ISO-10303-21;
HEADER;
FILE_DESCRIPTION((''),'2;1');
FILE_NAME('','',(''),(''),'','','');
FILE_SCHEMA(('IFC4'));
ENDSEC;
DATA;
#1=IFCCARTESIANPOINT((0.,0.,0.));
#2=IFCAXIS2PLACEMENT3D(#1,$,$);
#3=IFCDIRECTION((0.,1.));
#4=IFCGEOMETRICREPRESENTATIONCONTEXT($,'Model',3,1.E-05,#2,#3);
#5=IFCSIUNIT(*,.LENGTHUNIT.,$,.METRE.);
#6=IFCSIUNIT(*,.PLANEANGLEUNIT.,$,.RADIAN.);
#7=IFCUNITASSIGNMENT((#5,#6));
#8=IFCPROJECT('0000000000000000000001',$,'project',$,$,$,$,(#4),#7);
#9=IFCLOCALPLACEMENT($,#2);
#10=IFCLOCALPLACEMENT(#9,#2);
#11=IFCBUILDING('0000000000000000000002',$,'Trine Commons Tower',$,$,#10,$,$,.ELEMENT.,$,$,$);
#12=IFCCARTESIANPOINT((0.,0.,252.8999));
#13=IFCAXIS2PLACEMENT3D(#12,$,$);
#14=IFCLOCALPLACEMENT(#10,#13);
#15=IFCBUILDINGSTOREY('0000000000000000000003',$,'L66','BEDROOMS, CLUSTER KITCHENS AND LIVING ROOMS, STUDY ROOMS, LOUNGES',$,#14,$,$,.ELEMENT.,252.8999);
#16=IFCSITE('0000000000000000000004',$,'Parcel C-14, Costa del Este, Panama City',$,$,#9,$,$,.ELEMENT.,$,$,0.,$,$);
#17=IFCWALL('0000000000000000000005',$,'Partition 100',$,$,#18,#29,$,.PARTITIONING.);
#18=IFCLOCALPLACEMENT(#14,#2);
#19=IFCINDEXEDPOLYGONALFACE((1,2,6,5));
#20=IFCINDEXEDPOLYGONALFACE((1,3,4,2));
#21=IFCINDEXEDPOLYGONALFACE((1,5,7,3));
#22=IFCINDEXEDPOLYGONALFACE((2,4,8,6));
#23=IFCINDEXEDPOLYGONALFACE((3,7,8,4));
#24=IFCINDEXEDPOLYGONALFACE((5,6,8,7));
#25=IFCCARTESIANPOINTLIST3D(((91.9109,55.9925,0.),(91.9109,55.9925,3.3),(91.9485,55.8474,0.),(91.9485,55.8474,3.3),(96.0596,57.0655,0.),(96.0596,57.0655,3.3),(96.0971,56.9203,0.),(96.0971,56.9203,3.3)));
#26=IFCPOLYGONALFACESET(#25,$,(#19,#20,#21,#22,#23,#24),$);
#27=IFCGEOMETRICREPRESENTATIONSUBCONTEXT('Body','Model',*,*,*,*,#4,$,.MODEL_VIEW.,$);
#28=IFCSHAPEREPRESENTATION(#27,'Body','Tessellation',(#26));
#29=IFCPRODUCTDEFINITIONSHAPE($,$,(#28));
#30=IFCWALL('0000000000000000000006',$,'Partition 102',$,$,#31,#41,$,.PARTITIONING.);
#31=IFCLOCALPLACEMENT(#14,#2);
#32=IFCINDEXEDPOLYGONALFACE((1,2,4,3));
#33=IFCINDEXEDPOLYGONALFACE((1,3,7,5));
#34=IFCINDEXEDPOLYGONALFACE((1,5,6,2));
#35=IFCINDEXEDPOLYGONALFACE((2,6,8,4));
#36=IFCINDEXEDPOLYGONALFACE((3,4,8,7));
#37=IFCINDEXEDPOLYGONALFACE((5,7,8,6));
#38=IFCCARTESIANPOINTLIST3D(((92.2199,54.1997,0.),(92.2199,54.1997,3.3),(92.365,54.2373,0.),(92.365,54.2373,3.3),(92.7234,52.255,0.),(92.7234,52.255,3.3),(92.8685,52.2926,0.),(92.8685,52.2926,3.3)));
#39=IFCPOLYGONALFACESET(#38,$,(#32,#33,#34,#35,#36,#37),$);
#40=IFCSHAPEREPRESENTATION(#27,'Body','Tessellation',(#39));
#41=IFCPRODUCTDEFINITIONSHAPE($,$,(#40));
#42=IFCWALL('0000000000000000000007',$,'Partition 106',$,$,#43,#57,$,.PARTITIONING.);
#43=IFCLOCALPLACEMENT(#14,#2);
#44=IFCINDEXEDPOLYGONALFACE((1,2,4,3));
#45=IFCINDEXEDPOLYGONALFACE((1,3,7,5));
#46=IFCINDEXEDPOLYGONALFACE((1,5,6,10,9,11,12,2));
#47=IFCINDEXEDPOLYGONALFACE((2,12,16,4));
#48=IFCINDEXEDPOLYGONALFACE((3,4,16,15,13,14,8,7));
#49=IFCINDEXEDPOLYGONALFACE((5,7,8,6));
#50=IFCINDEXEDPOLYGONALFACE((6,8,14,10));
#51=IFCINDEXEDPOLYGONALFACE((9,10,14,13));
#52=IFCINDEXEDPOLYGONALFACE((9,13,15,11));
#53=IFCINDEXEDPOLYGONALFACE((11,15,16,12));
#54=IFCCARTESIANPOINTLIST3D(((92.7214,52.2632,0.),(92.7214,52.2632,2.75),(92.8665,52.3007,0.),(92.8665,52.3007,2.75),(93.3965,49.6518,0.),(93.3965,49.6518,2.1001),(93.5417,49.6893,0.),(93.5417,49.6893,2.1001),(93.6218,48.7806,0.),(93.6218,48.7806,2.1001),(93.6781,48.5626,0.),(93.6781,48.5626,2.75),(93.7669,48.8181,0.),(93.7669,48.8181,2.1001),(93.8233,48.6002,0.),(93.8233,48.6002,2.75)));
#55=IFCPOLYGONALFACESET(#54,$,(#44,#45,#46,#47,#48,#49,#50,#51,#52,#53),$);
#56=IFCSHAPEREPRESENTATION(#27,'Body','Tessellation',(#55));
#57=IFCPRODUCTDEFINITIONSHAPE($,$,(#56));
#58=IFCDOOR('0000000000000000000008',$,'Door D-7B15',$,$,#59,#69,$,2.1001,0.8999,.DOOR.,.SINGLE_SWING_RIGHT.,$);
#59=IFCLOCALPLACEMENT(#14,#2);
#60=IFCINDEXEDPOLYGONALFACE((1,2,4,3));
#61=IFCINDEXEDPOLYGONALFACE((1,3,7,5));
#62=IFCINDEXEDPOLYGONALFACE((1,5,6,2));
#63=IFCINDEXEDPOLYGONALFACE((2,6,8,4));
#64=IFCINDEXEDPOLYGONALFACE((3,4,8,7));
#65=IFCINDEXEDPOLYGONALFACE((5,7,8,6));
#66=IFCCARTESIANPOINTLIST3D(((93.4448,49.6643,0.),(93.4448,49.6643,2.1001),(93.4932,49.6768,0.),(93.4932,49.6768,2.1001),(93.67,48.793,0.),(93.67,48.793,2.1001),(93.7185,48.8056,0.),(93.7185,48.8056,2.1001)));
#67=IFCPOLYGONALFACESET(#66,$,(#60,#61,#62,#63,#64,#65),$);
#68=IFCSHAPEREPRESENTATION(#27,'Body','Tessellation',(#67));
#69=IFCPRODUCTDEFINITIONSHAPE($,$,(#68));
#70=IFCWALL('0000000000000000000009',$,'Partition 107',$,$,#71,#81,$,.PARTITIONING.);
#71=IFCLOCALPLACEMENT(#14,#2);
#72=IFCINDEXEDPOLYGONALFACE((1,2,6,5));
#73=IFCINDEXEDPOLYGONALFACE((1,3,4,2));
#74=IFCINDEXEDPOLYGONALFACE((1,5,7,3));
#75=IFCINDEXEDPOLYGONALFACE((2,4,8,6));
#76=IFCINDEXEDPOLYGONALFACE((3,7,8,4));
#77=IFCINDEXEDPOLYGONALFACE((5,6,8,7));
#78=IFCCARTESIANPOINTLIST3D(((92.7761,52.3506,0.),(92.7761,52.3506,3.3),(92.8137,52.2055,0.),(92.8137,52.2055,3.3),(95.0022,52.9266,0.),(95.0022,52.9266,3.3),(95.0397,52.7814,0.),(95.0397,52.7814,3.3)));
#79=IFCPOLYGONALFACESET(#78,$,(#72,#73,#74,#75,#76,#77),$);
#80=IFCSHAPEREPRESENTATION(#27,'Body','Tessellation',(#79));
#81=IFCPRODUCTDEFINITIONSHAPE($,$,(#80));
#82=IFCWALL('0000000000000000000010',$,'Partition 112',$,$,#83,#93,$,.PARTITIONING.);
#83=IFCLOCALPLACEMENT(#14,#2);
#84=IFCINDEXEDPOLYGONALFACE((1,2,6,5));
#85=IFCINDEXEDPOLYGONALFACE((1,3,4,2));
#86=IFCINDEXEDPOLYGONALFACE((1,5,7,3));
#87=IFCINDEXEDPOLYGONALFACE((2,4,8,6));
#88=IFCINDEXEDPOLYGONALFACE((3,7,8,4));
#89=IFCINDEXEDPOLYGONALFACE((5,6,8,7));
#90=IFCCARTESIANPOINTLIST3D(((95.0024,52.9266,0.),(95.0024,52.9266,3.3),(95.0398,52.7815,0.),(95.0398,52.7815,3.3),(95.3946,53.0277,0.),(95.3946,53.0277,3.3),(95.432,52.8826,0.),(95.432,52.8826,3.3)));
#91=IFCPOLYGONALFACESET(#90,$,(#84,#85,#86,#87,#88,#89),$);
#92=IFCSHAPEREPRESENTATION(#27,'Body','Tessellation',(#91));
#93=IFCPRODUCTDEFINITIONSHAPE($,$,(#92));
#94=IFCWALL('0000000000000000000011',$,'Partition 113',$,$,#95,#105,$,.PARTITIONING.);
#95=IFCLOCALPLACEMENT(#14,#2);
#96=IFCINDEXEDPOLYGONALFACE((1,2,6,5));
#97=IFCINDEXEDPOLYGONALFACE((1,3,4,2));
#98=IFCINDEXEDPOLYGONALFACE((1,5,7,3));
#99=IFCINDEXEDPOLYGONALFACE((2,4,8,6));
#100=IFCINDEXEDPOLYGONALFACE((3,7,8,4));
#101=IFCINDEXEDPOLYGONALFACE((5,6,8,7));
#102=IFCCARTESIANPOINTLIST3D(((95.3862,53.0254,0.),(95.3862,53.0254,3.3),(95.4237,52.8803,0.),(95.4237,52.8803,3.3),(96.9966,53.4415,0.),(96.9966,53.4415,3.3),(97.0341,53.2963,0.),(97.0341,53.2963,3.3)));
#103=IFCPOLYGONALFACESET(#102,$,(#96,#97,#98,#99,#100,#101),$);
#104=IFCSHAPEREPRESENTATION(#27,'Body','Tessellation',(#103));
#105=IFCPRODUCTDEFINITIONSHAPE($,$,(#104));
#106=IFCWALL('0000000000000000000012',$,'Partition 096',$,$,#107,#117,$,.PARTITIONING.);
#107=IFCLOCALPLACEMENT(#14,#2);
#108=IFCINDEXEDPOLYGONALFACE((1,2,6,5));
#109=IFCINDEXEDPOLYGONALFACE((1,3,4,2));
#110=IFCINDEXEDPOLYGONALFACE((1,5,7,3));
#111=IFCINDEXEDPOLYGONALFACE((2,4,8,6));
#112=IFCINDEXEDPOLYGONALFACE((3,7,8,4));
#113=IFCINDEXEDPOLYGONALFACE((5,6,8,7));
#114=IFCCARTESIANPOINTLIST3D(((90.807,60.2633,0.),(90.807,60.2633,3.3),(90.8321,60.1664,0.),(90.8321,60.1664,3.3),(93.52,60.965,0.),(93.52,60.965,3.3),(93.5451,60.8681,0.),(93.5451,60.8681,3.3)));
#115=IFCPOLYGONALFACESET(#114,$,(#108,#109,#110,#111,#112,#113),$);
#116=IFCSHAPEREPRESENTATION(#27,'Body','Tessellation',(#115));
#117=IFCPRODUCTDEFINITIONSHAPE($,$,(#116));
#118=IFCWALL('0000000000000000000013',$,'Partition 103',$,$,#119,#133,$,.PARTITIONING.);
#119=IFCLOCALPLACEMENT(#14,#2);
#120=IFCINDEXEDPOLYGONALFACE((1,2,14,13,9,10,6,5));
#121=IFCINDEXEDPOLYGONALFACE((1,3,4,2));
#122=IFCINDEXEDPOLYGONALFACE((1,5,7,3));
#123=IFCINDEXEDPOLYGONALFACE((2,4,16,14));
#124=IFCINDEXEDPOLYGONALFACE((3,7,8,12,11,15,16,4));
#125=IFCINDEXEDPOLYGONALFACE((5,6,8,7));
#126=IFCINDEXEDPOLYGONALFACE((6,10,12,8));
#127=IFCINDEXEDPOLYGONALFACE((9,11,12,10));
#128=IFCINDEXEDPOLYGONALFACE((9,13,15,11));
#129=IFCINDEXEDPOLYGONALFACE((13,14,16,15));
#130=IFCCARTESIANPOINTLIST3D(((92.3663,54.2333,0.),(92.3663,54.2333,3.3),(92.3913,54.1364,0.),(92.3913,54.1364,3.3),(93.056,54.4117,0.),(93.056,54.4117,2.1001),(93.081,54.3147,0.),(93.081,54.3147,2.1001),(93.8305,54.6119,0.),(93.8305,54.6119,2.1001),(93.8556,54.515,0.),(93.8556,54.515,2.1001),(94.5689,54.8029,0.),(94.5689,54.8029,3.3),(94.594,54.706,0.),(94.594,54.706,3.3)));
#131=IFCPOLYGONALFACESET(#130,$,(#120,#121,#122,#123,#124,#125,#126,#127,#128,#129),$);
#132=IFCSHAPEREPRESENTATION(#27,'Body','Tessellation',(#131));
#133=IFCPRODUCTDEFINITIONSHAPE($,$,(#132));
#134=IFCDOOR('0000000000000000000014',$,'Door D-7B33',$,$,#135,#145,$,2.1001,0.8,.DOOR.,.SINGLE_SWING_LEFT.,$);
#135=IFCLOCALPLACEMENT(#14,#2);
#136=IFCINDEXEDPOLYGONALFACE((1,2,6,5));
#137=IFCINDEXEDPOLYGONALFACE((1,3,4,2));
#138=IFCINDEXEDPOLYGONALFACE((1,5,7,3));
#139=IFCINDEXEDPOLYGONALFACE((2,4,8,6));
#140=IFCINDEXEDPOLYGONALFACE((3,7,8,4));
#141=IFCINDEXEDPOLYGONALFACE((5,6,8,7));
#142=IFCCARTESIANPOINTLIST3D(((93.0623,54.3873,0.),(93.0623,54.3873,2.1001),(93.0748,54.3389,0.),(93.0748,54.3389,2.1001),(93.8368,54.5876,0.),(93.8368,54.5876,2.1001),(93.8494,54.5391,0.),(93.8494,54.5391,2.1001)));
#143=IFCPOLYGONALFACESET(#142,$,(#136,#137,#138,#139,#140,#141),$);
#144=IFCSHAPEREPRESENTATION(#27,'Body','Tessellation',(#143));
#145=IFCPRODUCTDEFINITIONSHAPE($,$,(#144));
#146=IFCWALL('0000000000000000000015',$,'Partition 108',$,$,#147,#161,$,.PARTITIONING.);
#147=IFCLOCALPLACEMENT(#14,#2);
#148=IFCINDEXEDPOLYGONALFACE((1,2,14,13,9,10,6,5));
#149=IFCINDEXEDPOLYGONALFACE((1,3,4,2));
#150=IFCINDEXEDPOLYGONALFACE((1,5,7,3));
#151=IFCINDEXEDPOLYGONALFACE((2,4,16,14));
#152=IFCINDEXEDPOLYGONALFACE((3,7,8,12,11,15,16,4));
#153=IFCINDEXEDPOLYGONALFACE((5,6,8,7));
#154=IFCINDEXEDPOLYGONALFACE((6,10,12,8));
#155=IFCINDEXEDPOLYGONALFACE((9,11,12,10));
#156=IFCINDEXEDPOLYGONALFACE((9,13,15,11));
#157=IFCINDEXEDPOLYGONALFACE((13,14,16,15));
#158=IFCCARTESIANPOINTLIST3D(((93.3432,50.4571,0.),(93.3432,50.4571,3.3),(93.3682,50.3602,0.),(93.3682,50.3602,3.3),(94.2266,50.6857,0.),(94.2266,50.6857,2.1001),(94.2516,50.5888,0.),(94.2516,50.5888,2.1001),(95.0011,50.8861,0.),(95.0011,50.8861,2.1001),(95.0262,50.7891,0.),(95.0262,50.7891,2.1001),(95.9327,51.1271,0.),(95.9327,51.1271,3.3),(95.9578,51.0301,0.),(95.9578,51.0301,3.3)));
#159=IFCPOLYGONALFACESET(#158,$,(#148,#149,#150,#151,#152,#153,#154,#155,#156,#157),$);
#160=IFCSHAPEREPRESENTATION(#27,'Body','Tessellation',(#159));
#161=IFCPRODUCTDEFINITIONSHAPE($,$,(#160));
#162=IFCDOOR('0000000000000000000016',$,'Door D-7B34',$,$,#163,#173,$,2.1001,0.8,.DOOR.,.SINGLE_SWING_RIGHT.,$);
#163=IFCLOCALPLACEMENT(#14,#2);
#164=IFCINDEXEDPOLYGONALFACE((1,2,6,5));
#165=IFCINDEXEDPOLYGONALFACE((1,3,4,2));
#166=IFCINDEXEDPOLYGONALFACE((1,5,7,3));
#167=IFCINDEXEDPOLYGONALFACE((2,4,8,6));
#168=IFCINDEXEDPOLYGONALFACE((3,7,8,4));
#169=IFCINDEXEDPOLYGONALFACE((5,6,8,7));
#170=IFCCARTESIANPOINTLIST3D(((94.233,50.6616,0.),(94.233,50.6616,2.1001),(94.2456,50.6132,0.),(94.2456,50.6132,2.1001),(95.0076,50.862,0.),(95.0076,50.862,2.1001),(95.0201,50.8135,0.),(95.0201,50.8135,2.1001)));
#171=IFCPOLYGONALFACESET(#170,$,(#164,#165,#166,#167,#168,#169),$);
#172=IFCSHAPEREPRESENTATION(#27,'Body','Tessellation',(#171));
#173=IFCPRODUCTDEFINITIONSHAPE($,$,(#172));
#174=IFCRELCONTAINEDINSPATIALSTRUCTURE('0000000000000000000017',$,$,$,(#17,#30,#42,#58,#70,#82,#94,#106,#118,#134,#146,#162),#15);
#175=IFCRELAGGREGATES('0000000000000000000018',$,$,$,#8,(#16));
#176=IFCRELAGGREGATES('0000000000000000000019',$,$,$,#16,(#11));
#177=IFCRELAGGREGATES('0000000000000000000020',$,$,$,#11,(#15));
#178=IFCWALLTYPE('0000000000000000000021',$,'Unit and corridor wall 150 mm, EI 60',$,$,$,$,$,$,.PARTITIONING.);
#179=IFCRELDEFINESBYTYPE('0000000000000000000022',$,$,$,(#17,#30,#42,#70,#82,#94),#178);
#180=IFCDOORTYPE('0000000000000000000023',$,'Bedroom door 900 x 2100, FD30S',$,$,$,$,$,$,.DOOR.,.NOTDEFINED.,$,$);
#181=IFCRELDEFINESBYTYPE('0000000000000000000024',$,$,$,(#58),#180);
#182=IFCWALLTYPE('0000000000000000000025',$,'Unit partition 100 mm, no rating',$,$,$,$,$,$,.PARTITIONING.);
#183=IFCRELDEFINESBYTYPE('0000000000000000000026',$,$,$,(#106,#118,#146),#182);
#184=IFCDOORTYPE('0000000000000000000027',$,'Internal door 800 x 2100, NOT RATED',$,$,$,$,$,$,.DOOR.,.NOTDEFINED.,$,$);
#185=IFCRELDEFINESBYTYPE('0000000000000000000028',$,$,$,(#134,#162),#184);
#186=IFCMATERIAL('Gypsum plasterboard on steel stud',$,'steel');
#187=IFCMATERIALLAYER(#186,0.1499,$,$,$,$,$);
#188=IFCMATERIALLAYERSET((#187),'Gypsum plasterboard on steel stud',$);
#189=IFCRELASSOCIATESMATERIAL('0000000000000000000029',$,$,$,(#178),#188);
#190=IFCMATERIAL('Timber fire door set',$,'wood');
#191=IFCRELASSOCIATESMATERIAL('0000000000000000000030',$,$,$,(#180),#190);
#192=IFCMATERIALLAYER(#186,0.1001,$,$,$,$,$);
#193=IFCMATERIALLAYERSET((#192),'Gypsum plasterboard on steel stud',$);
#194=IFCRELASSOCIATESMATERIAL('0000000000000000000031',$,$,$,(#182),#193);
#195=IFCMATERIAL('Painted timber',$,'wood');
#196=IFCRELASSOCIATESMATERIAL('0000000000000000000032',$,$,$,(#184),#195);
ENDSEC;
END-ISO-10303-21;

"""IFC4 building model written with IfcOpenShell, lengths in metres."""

from ifc_helpers import new_model, si_unit, direction, frame, frame_2d, origin, place, context, subcontext, project, spatial, rectangle, extrude, material, layer, layer_set, type_object, element, fill, save


model = new_model("IFC4")

# Units and contexts
model_context = context("Model", 3, precision=1e-05, world=origin(), true_north=direction((0.0, 1.0)))
body_context = subcontext(model_context, "Body", "Model", "MODEL_VIEW")
ifc_project = project(units=[si_unit("LENGTHUNIT", "METRE"), si_unit("PLANEANGLEUNIT", "RADIAN")], contexts=[model_context])

# Site, building, storey
site_placement = place(None, origin())
site = spatial("IfcSite", under=ifc_project, at=site_placement, Name="Parcel C-14, Costa del Este, Panama City", CompositionType="ELEMENT", RefElevation=0.0)
building_placement = place(site_placement, origin())
building = spatial("IfcBuilding", under=site, at=building_placement, Name="Trine Commons Tower", CompositionType="ELEMENT")
storey_placement = place(building_placement, frame((0.0, 0.0, 252.8999)))
storey = spatial("IfcBuildingStorey", under=building, at=storey_placement, Name="L66", Description="BEDROOMS, CLUSTER KITCHENS AND LIVING ROOMS, STUDY ROOMS, LOUNGES", CompositionType="ELEMENT", Elevation=252.8999)

# Walls
ifc_material_1 = material(Name="Gypsum plasterboard on steel stud", Category="steel")
ifc_layer_1 = layer(ifc_material_1, 0.1499)
ifc_layer_set_1 = layer_set([ifc_layer_1], Name="Gypsum plasterboard on steel stud")
wall_type_1 = type_object("IfcWallType", Name="Unit and corridor wall 150 mm, EI 60", PredefinedType="PARTITIONING", material=ifc_layer_set_1)
wall_1_placement = place(storey_placement, frame((91.9297, 55.9199, 0.0), z_axis=(0.0, 0.0, 1.0), x_axis=(0.968143, 0.250397, 0.0)))
element("IfcWall", 1, at=wall_1_placement, inside=storey, type_object=wall_type_1, Name="Partition 100", PredefinedType="PARTITIONING", context=body_context, shape_type="SweptSolid", body=[
    extrude(rectangle(XDim=4.2852, YDim=0.1499, at=frame_2d((2.1426, 0.0))), origin(), (0.0, 0.0, 1.0), 3.3),
])
wall_2_placement = place(storey_placement, frame((92.2925, 54.2185, 0.0), z_axis=(0.0, 0.0, 1.0), x_axis=(0.25062, -0.968085, 0.0)))
element("IfcWall", 2, at=wall_2_placement, inside=storey, type_object=wall_type_1, Name="Partition 102", PredefinedType="PARTITIONING", context=body_context, shape_type="SweptSolid", body=[
    extrude(rectangle(XDim=2.0088, YDim=0.1499, at=frame_2d((1.0044, 0.0))), origin(), (0.0, 0.0, 1.0), 3.3),
])

# Wall, opening, door
wall_3_placement = place(storey_placement, frame((92.7939, 52.282, 0.0), z_axis=(0.0, 0.0, 1.0), x_axis=(0.250313, -0.968165, 0.0)))
wall_3 = element("IfcWall", 3, at=wall_3_placement, inside=storey, type_object=wall_type_1, Name="Partition 106", PredefinedType="PARTITIONING", context=body_context, shape_type="SweptSolid", body=[
    extrude(rectangle(XDim=3.8223, YDim=0.1499, at=frame_2d((1.9111, 0.0))), origin(), (0.0, 0.0, 1.0), 2.75),
])
opening_1_placement = place(wall_3_placement, frame((2.6973, 0.0, 0.0)))
opening_1 = element("IfcOpeningElement", 4, at=opening_1_placement, cuts=wall_3, PredefinedType="OPENING", context=body_context, shape_type="SweptSolid", body=[
    extrude(rectangle(XDim=0.8999, YDim=2.1001, at=frame_2d((0.45, 1.05))), frame((0.0, 0.085, 0.0), z_axis=(0.0, -1.0, 0.0), x_axis=(1.0, 0.0, 0.0)), (0.0, 0.0, 1.0), 0.1699),
])
ifc_material_2 = material(Name="Timber fire door set", Category="wood")
door_type_1 = type_object("IfcDoorType", Name="Bedroom door 900 x 2100, FD30S", OperationType="NOTDEFINED", PredefinedType="DOOR", material=ifc_material_2)
door_1_placement = place(opening_1_placement, origin())
door_1 = element("IfcDoor", 5, at=door_1_placement, inside=storey, type_object=door_type_1, Name="Door D-7B15", OperationType="SINGLE_SWING_RIGHT", OverallHeight=2.1001, OverallWidth=0.8999, PredefinedType="DOOR", context=body_context, shape_type="SweptSolid", body=[
    extrude(rectangle(XDim=0.8999, YDim=2.1001, at=frame_2d((0.45, 1.05))), frame((0.0, 0.0249, 0.0), z_axis=(0.0, -1.0, 0.0), x_axis=(1.0, 0.0, 0.0)), (0.0, 0.0, 1.0), 0.05),
])
fill(opening_1, door_1)

# Walls
wall_4_placement = place(storey_placement, frame((92.7949, 52.2781, 0.0), z_axis=(0.0, 0.0, 1.0), x_axis=(0.968124, 0.250472, 0.0)))
element("IfcWall", 6, at=wall_4_placement, inside=storey, type_object=wall_type_1, Name="Partition 107", PredefinedType="PARTITIONING", context=body_context, shape_type="SweptSolid", body=[
    extrude(rectangle(XDim=2.2993, YDim=0.1499, at=frame_2d((1.1497, 0.0))), origin(), (0.0, 0.0, 1.0), 3.3),
])
wall_5_placement = place(storey_placement, frame((95.021, 52.854, 0.0), z_axis=(0.0, 0.0, 1.0), x_axis=(0.968343, 0.249623, 0.0)))
element("IfcWall", 7, at=wall_5_placement, inside=storey, type_object=wall_type_1, Name="Partition 112", PredefinedType="PARTITIONING", context=body_context, shape_type="SweptSolid", body=[
    extrude(rectangle(XDim=0.405, YDim=0.1499, at=frame_2d((0.2026, 0.0))), origin(), (0.0, 0.0, 1.0), 3.3),
])
wall_6_placement = place(storey_placement, frame((95.405, 52.9529, 0.0), z_axis=(0.0, 0.0, 1.0), x_axis=(0.968213, 0.250127, 0.0)))
element("IfcWall", 8, at=wall_6_placement, inside=storey, type_object=wall_type_1, Name="Partition 113", PredefinedType="PARTITIONING", context=body_context, shape_type="SweptSolid", body=[
    extrude(rectangle(XDim=1.6633, YDim=0.1499, at=frame_2d((0.8315, 0.0))), origin(), (0.0, 0.0, 1.0), 3.3),
])
ifc_layer_2 = layer(ifc_material_1, 0.1001)
ifc_layer_set_2 = layer_set([ifc_layer_2], Name="Gypsum plasterboard on steel stud")
wall_type_2 = type_object("IfcWallType", Name="Unit partition 100 mm, no rating", PredefinedType="PARTITIONING", material=ifc_layer_set_2)
wall_7_placement = place(storey_placement, frame((90.8196, 60.2148, 0.0), z_axis=(0.0, 0.0, 1.0), x_axis=(0.968143, 0.2504, 0.0)))
element("IfcWall", 9, at=wall_7_placement, inside=storey, type_object=wall_type_2, Name="Partition 096", PredefinedType="PARTITIONING", context=body_context, shape_type="SweptSolid", body=[
    extrude(rectangle(XDim=2.8022, YDim=0.1001, at=frame_2d((1.4011, 0.0))), origin(), (0.0, 0.0, 1.0), 3.3),
])

# Walls, openings, doors
wall_8_placement = place(storey_placement, frame((92.3787, 54.1848, 0.0), z_axis=(0.0, 0.0, 1.0), x_axis=(0.968154, 0.250355, 0.0)))
wall_8 = element("IfcWall", 10, at=wall_8_placement, inside=storey, type_object=wall_type_2, Name="Partition 103", PredefinedType="PARTITIONING", context=body_context, shape_type="SweptSolid", body=[
    extrude(rectangle(XDim=2.2751, YDim=0.1001, at=frame_2d((1.1377, 0.0))), origin(), (0.0, 0.0, 1.0), 3.3),
])
opening_2_placement = place(wall_8_placement, frame((0.7126, 0.0, 0.0)))
opening_2 = element("IfcOpeningElement", 11, at=opening_2_placement, cuts=wall_8, PredefinedType="OPENING", context=body_context, shape_type="SweptSolid", body=[
    extrude(rectangle(XDim=0.8, YDim=2.1001, at=frame_2d((0.3999, 1.05))), frame((0.0, 0.0601, 0.0), z_axis=(0.0, -1.0, 0.0), x_axis=(1.0, 0.0, 0.0)), (0.0, 0.0, 1.0), 0.1201),
])
ifc_material_3 = material(Name="Painted timber", Category="wood")
door_type_2 = type_object("IfcDoorType", Name="Internal door 800 x 2100, NOT RATED", OperationType="NOTDEFINED", PredefinedType="DOOR", material=ifc_material_3)
door_2_placement = place(opening_2_placement, origin())
door_2 = element("IfcDoor", 12, at=door_2_placement, inside=storey, type_object=door_type_2, Name="Door D-7B33", OperationType="SINGLE_SWING_LEFT", OverallHeight=2.1001, OverallWidth=0.8, PredefinedType="DOOR", context=body_context, shape_type="SweptSolid", body=[
    extrude(rectangle(XDim=0.8, YDim=2.1001, at=frame_2d((0.3999, 1.05))), frame((0.0, 0.0249, 0.0), z_axis=(0.0, -1.0, 0.0), x_axis=(1.0, 0.0, 0.0)), (0.0, 0.0, 1.0), 0.05),
])
fill(opening_2, door_2)
wall_9_placement = place(storey_placement, frame((93.3557, 50.4087, 0.0), z_axis=(0.0, 0.0, 1.0), x_axis=(0.968129, 0.250452, 0.0)))
wall_9 = element("IfcWall", 13, at=wall_9_placement, inside=storey, type_object=wall_type_2, Name="Partition 108", PredefinedType="PARTITIONING", context=body_context, shape_type="SweptSolid", body=[
    extrude(rectangle(XDim=2.6748, YDim=0.1001, at=frame_2d((1.3374, 0.0))), origin(), (0.0, 0.0, 1.0), 3.3),
])
opening_3_placement = place(wall_9_placement, frame((0.9126, 0.0, 0.0)))
opening_3 = element("IfcOpeningElement", 14, at=opening_3_placement, cuts=wall_9, PredefinedType="OPENING", context=body_context, shape_type="SweptSolid", body=[
    extrude(rectangle(XDim=0.8, YDim=2.1001, at=frame_2d((0.3999, 1.05))), frame((0.0, 0.0601, 0.0), z_axis=(0.0, -1.0, 0.0), x_axis=(1.0, 0.0, 0.0)), (0.0, 0.0, 1.0), 0.1201),
])
door_3_placement = place(opening_3_placement, frame((0.8, 0.0, 0.0), z_axis=(0.0, 0.0, 1.0), x_axis=(-1.0, 0.0, 0.0)))
door_3 = element("IfcDoor", 15, at=door_3_placement, inside=storey, type_object=door_type_2, Name="Door D-7B34", OperationType="SINGLE_SWING_RIGHT", OverallHeight=2.1001, OverallWidth=0.8, PredefinedType="DOOR", context=body_context, shape_type="SweptSolid", body=[
    extrude(rectangle(XDim=0.8, YDim=2.1001, at=frame_2d((0.3999, 1.05))), frame((0.0, 0.0249, 0.0), z_axis=(0.0, -1.0, 0.0), x_axis=(1.0, 0.0, 0.0)), (0.0, 0.0, 1.0), 0.05),
])
fill(opening_3, door_3)

save(model, "model.ifc")
